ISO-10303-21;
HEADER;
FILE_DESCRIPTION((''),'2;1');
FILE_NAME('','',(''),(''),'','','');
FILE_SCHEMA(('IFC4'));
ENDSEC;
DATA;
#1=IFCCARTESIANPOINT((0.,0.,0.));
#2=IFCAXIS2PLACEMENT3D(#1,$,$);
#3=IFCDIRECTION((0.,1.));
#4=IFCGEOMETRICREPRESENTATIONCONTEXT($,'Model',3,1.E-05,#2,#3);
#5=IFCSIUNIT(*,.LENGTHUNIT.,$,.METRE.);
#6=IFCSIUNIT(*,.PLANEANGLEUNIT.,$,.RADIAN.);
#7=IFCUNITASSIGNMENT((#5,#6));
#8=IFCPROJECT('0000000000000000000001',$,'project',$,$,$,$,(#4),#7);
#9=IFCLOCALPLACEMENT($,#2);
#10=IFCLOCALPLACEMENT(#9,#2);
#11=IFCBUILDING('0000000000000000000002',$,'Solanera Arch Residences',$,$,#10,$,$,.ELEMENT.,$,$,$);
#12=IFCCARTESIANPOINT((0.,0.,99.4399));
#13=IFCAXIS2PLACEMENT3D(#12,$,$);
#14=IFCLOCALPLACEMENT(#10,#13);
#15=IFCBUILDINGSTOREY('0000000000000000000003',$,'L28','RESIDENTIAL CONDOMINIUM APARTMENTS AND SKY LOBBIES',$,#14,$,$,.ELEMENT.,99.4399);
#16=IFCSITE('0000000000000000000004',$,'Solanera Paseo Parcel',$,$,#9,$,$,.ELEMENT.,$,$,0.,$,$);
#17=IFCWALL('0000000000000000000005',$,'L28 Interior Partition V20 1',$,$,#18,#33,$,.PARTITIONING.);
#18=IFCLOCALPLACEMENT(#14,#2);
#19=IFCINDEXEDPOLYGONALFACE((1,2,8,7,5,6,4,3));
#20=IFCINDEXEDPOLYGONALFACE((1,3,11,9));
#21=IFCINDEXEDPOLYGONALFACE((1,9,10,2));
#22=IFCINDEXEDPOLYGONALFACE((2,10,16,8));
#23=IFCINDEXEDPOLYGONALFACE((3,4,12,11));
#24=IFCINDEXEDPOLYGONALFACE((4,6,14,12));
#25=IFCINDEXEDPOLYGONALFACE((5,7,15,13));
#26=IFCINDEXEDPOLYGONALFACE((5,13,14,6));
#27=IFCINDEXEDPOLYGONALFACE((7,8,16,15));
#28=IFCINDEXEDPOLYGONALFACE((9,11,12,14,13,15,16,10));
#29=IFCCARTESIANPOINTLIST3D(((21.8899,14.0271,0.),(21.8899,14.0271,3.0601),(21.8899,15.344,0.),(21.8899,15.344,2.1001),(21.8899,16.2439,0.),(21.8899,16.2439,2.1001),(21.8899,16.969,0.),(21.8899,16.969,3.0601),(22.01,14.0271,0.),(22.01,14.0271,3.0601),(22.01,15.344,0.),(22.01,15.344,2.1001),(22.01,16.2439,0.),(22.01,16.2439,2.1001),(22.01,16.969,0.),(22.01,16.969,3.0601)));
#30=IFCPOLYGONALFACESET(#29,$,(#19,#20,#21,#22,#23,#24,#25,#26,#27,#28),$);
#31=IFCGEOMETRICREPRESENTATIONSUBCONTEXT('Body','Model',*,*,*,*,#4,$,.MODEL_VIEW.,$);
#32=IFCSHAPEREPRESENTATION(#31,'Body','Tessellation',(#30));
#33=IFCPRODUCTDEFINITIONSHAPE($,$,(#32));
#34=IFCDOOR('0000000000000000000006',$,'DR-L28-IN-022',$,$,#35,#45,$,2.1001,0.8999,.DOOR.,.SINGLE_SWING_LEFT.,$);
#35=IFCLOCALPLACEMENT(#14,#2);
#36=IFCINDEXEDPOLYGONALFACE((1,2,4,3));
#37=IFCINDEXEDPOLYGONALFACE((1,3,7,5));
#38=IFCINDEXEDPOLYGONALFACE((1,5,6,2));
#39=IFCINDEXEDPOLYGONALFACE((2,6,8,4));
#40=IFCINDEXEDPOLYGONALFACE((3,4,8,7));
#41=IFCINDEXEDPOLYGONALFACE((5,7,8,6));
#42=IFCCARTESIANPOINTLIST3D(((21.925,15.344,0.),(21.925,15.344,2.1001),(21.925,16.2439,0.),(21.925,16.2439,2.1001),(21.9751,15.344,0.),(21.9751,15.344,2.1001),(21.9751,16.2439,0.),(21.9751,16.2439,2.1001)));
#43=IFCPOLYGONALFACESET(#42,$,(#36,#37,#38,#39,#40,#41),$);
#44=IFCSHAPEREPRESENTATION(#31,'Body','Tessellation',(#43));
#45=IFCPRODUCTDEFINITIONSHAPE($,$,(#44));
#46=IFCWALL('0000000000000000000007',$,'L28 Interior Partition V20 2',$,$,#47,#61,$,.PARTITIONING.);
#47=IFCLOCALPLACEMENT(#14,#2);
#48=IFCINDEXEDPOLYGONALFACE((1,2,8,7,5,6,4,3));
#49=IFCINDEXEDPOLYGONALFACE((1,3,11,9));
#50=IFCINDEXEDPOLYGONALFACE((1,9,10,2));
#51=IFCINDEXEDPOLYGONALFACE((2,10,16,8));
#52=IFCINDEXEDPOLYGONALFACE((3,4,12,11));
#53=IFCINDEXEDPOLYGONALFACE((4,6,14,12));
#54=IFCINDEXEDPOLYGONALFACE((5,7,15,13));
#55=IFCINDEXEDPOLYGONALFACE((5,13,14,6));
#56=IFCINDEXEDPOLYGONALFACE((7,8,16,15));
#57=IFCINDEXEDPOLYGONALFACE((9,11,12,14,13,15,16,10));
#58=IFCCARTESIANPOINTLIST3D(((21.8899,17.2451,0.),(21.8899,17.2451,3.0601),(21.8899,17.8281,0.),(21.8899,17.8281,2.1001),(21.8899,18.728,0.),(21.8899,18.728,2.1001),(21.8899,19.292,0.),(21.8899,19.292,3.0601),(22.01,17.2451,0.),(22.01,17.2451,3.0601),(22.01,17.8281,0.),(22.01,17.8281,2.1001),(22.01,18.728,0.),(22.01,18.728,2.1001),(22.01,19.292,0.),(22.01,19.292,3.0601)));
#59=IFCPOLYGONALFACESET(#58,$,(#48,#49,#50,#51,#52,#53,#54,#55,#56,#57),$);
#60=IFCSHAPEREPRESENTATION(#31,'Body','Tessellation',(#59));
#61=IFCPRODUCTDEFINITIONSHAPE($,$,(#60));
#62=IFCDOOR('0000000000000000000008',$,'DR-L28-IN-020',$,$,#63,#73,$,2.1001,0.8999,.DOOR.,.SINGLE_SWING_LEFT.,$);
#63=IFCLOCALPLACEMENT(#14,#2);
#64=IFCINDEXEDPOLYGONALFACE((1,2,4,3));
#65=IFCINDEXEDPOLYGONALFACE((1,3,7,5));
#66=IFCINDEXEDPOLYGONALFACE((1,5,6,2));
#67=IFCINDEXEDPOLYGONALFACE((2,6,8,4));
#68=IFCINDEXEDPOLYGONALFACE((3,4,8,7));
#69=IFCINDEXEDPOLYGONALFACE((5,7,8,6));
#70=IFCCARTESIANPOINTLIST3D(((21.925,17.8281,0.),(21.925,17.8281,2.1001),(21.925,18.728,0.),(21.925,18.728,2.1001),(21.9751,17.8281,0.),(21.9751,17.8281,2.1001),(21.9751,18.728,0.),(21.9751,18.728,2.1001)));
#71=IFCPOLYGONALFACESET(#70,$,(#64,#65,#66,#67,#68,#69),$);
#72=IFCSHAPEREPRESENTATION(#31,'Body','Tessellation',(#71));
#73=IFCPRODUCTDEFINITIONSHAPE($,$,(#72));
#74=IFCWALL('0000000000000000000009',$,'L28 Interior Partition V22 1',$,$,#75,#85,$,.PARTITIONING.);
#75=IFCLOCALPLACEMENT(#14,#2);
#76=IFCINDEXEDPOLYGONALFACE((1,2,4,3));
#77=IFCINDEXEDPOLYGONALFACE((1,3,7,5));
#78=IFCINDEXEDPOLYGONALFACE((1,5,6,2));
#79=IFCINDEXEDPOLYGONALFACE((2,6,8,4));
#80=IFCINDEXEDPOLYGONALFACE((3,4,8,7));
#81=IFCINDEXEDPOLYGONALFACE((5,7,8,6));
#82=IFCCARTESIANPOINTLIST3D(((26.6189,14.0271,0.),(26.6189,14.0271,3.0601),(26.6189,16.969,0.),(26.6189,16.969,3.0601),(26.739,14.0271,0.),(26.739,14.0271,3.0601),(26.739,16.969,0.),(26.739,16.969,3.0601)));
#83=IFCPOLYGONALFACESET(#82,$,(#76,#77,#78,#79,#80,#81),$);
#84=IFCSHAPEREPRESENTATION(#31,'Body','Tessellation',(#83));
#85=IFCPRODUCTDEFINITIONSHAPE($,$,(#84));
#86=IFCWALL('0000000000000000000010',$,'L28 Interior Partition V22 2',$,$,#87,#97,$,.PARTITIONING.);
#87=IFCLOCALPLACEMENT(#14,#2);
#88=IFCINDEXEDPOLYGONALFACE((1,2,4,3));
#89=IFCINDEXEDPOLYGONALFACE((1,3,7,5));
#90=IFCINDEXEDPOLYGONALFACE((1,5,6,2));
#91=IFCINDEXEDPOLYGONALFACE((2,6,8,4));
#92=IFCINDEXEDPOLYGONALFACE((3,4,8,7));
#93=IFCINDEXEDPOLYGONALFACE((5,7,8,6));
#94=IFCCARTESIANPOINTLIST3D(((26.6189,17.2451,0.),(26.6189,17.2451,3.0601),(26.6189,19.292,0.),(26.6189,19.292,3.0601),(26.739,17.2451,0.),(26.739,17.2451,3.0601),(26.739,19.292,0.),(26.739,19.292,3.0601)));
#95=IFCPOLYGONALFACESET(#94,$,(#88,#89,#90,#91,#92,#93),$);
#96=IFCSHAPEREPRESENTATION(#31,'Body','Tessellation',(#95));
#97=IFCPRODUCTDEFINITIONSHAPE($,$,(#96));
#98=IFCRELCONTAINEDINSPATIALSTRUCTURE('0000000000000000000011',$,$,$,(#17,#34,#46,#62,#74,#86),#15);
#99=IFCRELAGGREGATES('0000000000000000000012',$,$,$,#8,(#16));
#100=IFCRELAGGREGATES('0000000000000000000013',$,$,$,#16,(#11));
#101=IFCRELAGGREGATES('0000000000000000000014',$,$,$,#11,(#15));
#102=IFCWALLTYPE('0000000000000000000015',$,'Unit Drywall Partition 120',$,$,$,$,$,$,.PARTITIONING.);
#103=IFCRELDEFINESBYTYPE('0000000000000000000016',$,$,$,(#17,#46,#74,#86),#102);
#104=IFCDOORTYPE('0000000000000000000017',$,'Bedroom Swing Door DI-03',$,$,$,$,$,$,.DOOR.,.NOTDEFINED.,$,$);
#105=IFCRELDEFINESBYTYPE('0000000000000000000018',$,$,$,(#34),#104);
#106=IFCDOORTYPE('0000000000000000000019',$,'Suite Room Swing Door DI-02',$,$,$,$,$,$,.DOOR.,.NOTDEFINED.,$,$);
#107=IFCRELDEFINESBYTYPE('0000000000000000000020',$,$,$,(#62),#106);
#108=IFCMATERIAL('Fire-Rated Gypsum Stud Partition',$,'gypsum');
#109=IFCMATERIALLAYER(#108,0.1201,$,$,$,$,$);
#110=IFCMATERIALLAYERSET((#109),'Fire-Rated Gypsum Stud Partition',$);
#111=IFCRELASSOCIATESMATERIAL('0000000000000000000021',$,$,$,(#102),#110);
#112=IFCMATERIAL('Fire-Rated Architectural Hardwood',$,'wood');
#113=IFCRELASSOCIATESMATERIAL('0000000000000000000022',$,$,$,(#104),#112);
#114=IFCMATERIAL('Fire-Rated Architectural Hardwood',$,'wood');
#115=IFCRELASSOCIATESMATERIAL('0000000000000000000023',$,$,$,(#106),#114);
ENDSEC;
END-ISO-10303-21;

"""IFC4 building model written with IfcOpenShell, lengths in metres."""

from ifc_helpers import new_model, si_unit, direction, frame, frame_2d, origin, place, context, subcontext, project, spatial, rectangle, extrude, material, layer, layer_set, type_object, element, fill, save


model = new_model("IFC4")

# Units and contexts
model_context = context("Model", 3, precision=1e-05, world=origin(), true_north=direction((0.0, 1.0)))
body_context = subcontext(model_context, "Body", "Model", "MODEL_VIEW")
ifc_project = project(units=[si_unit("LENGTHUNIT", "METRE"), si_unit("PLANEANGLEUNIT", "RADIAN")], contexts=[model_context])

# Site, building, storey
site_placement = place(None, origin())
site = spatial("IfcSite", under=ifc_project, at=site_placement, Name="Solanera Paseo Parcel", CompositionType="ELEMENT", RefElevation=0.0)
building_placement = place(site_placement, origin())
building = spatial("IfcBuilding", under=site, at=building_placement, Name="Solanera Arch Residences", CompositionType="ELEMENT")
storey_placement = place(building_placement, frame((0.0, 0.0, 99.4399)))
storey = spatial("IfcBuildingStorey", under=building, at=storey_placement, Name="L28", Description="RESIDENTIAL CONDOMINIUM APARTMENTS AND SKY LOBBIES", CompositionType="ELEMENT", Elevation=99.4399)

# Walls, openings, doors
ifc_material_1 = material(Name="Fire-Rated Gypsum Stud Partition", Category="gypsum")
ifc_layer_1 = layer(ifc_material_1, 0.1201)
ifc_layer_set_1 = layer_set([ifc_layer_1], Name="Fire-Rated Gypsum Stud Partition")
wall_type_1 = type_object("IfcWallType", Name="Unit Drywall Partition 120", PredefinedType="PARTITIONING", material=ifc_layer_set_1)
wall_1_placement = place(storey_placement, frame((21.95, 14.0271, 0.0), z_axis=(0.0, 0.0, 1.0), x_axis=(0.0, 1.0, 0.0)))
wall_1 = element("IfcWall", 1, at=wall_1_placement, inside=storey, type_object=wall_type_1, Name="L28 Interior Partition V20 1", PredefinedType="PARTITIONING", context=body_context, shape_type="SweptSolid", body=[
    extrude(rectangle(XDim=2.9419, YDim=0.1201, at=frame_2d((1.4709, 0.0))), origin(), (0.0, 0.0, 1.0), 3.0601),
])
opening_1_placement = place(wall_1_placement, frame((1.3169, 0.0, 0.0)))
opening_1 = element("IfcOpeningElement", 2, at=opening_1_placement, cuts=wall_1, PredefinedType="OPENING", context=body_context, shape_type="SweptSolid", body=[
    extrude(rectangle(XDim=0.8999, YDim=2.1001, at=frame_2d((0.45, 1.05))), frame((0.0, 0.0701, 0.0), z_axis=(0.0, -1.0, 0.0), x_axis=(1.0, 0.0, 0.0)), (0.0, 0.0, 1.0), 0.1401),
])
ifc_material_2 = material(Name="Fire-Rated Architectural Hardwood", Category="wood")
door_type_1 = type_object("IfcDoorType", Name="Bedroom Swing Door DI-03", OperationType="NOTDEFINED", PredefinedType="DOOR", material=ifc_material_2)
door_1_placement = place(opening_1_placement, origin())
door_1 = element("IfcDoor", 3, at=door_1_placement, inside=storey, type_object=door_type_1, Name="DR-L28-IN-022", OperationType="SINGLE_SWING_LEFT", OverallHeight=2.1001, OverallWidth=0.8999, PredefinedType="DOOR", context=body_context, shape_type="SweptSolid", body=[
    extrude(rectangle(XDim=0.8999, YDim=2.1001, at=frame_2d((0.45, 1.05))), frame((0.0, 0.0249, 0.0), z_axis=(0.0, -1.0, 0.0), x_axis=(1.0, 0.0, 0.0)), (0.0, 0.0, 1.0), 0.05),
])
fill(opening_1, door_1)
wall_2_placement = place(storey_placement, frame((21.95, 17.2451, 0.0), z_axis=(0.0, 0.0, 1.0), x_axis=(0.0, 1.0, 0.0)))
wall_2 = element("IfcWall", 4, at=wall_2_placement, inside=storey, type_object=wall_type_1, Name="L28 Interior Partition V20 2", PredefinedType="PARTITIONING", context=body_context, shape_type="SweptSolid", body=[
    extrude(rectangle(XDim=2.0469, YDim=0.1201, at=frame_2d((1.0234, 0.0))), origin(), (0.0, 0.0, 1.0), 3.0601),
])
opening_2_placement = place(wall_2_placement, frame((0.583, 0.0, 0.0)))
opening_2 = element("IfcOpeningElement", 5, at=opening_2_placement, cuts=wall_2, PredefinedType="OPENING", context=body_context, shape_type="SweptSolid", body=[
    extrude(rectangle(XDim=0.8999, YDim=2.1001, at=frame_2d((0.45, 1.05))), frame((0.0, 0.0701, 0.0), z_axis=(0.0, -1.0, 0.0), x_axis=(1.0, 0.0, 0.0)), (0.0, 0.0, 1.0), 0.1401),
])
ifc_material_3 = material(Name="Fire-Rated Architectural Hardwood", Category="wood")
door_type_2 = type_object("IfcDoorType", Name="Suite Room Swing Door DI-02", OperationType="NOTDEFINED", PredefinedType="DOOR", material=ifc_material_3)
door_2_placement = place(opening_2_placement, origin())
door_2 = element("IfcDoor", 6, at=door_2_placement, inside=storey, type_object=door_type_2, Name="DR-L28-IN-020", OperationType="SINGLE_SWING_LEFT", OverallHeight=2.1001, OverallWidth=0.8999, PredefinedType="DOOR", context=body_context, shape_type="SweptSolid", body=[
    extrude(rectangle(XDim=0.8999, YDim=2.1001, at=frame_2d((0.45, 1.05))), frame((0.0, 0.0249, 0.0), z_axis=(0.0, -1.0, 0.0), x_axis=(1.0, 0.0, 0.0)), (0.0, 0.0, 1.0), 0.05),
])
fill(opening_2, door_2)

# Walls
wall_3_placement = place(storey_placement, frame((26.679, 14.0271, 0.0), z_axis=(0.0, 0.0, 1.0), x_axis=(0.0, 1.0, 0.0)))
element("IfcWall", 7, at=wall_3_placement, inside=storey, type_object=wall_type_1, Name="L28 Interior Partition V22 1", PredefinedType="PARTITIONING", context=body_context, shape_type="SweptSolid", body=[
    extrude(rectangle(XDim=2.9419, YDim=0.1201, at=frame_2d((1.4709, 0.0))), origin(), (0.0, 0.0, 1.0), 3.0601),
])
wall_4_placement = place(storey_placement, frame((26.679, 17.2451, 0.0), z_axis=(0.0, 0.0, 1.0), x_axis=(0.0, 1.0, 0.0)))
element("IfcWall", 8, at=wall_4_placement, inside=storey, type_object=wall_type_1, Name="L28 Interior Partition V22 2", PredefinedType="PARTITIONING", context=body_context, shape_type="SweptSolid", body=[
    extrude(rectangle(XDim=2.0469, YDim=0.1201, at=frame_2d((1.0234, 0.0))), origin(), (0.0, 0.0, 1.0), 3.0601),
])

save(model, "model.ifc")
